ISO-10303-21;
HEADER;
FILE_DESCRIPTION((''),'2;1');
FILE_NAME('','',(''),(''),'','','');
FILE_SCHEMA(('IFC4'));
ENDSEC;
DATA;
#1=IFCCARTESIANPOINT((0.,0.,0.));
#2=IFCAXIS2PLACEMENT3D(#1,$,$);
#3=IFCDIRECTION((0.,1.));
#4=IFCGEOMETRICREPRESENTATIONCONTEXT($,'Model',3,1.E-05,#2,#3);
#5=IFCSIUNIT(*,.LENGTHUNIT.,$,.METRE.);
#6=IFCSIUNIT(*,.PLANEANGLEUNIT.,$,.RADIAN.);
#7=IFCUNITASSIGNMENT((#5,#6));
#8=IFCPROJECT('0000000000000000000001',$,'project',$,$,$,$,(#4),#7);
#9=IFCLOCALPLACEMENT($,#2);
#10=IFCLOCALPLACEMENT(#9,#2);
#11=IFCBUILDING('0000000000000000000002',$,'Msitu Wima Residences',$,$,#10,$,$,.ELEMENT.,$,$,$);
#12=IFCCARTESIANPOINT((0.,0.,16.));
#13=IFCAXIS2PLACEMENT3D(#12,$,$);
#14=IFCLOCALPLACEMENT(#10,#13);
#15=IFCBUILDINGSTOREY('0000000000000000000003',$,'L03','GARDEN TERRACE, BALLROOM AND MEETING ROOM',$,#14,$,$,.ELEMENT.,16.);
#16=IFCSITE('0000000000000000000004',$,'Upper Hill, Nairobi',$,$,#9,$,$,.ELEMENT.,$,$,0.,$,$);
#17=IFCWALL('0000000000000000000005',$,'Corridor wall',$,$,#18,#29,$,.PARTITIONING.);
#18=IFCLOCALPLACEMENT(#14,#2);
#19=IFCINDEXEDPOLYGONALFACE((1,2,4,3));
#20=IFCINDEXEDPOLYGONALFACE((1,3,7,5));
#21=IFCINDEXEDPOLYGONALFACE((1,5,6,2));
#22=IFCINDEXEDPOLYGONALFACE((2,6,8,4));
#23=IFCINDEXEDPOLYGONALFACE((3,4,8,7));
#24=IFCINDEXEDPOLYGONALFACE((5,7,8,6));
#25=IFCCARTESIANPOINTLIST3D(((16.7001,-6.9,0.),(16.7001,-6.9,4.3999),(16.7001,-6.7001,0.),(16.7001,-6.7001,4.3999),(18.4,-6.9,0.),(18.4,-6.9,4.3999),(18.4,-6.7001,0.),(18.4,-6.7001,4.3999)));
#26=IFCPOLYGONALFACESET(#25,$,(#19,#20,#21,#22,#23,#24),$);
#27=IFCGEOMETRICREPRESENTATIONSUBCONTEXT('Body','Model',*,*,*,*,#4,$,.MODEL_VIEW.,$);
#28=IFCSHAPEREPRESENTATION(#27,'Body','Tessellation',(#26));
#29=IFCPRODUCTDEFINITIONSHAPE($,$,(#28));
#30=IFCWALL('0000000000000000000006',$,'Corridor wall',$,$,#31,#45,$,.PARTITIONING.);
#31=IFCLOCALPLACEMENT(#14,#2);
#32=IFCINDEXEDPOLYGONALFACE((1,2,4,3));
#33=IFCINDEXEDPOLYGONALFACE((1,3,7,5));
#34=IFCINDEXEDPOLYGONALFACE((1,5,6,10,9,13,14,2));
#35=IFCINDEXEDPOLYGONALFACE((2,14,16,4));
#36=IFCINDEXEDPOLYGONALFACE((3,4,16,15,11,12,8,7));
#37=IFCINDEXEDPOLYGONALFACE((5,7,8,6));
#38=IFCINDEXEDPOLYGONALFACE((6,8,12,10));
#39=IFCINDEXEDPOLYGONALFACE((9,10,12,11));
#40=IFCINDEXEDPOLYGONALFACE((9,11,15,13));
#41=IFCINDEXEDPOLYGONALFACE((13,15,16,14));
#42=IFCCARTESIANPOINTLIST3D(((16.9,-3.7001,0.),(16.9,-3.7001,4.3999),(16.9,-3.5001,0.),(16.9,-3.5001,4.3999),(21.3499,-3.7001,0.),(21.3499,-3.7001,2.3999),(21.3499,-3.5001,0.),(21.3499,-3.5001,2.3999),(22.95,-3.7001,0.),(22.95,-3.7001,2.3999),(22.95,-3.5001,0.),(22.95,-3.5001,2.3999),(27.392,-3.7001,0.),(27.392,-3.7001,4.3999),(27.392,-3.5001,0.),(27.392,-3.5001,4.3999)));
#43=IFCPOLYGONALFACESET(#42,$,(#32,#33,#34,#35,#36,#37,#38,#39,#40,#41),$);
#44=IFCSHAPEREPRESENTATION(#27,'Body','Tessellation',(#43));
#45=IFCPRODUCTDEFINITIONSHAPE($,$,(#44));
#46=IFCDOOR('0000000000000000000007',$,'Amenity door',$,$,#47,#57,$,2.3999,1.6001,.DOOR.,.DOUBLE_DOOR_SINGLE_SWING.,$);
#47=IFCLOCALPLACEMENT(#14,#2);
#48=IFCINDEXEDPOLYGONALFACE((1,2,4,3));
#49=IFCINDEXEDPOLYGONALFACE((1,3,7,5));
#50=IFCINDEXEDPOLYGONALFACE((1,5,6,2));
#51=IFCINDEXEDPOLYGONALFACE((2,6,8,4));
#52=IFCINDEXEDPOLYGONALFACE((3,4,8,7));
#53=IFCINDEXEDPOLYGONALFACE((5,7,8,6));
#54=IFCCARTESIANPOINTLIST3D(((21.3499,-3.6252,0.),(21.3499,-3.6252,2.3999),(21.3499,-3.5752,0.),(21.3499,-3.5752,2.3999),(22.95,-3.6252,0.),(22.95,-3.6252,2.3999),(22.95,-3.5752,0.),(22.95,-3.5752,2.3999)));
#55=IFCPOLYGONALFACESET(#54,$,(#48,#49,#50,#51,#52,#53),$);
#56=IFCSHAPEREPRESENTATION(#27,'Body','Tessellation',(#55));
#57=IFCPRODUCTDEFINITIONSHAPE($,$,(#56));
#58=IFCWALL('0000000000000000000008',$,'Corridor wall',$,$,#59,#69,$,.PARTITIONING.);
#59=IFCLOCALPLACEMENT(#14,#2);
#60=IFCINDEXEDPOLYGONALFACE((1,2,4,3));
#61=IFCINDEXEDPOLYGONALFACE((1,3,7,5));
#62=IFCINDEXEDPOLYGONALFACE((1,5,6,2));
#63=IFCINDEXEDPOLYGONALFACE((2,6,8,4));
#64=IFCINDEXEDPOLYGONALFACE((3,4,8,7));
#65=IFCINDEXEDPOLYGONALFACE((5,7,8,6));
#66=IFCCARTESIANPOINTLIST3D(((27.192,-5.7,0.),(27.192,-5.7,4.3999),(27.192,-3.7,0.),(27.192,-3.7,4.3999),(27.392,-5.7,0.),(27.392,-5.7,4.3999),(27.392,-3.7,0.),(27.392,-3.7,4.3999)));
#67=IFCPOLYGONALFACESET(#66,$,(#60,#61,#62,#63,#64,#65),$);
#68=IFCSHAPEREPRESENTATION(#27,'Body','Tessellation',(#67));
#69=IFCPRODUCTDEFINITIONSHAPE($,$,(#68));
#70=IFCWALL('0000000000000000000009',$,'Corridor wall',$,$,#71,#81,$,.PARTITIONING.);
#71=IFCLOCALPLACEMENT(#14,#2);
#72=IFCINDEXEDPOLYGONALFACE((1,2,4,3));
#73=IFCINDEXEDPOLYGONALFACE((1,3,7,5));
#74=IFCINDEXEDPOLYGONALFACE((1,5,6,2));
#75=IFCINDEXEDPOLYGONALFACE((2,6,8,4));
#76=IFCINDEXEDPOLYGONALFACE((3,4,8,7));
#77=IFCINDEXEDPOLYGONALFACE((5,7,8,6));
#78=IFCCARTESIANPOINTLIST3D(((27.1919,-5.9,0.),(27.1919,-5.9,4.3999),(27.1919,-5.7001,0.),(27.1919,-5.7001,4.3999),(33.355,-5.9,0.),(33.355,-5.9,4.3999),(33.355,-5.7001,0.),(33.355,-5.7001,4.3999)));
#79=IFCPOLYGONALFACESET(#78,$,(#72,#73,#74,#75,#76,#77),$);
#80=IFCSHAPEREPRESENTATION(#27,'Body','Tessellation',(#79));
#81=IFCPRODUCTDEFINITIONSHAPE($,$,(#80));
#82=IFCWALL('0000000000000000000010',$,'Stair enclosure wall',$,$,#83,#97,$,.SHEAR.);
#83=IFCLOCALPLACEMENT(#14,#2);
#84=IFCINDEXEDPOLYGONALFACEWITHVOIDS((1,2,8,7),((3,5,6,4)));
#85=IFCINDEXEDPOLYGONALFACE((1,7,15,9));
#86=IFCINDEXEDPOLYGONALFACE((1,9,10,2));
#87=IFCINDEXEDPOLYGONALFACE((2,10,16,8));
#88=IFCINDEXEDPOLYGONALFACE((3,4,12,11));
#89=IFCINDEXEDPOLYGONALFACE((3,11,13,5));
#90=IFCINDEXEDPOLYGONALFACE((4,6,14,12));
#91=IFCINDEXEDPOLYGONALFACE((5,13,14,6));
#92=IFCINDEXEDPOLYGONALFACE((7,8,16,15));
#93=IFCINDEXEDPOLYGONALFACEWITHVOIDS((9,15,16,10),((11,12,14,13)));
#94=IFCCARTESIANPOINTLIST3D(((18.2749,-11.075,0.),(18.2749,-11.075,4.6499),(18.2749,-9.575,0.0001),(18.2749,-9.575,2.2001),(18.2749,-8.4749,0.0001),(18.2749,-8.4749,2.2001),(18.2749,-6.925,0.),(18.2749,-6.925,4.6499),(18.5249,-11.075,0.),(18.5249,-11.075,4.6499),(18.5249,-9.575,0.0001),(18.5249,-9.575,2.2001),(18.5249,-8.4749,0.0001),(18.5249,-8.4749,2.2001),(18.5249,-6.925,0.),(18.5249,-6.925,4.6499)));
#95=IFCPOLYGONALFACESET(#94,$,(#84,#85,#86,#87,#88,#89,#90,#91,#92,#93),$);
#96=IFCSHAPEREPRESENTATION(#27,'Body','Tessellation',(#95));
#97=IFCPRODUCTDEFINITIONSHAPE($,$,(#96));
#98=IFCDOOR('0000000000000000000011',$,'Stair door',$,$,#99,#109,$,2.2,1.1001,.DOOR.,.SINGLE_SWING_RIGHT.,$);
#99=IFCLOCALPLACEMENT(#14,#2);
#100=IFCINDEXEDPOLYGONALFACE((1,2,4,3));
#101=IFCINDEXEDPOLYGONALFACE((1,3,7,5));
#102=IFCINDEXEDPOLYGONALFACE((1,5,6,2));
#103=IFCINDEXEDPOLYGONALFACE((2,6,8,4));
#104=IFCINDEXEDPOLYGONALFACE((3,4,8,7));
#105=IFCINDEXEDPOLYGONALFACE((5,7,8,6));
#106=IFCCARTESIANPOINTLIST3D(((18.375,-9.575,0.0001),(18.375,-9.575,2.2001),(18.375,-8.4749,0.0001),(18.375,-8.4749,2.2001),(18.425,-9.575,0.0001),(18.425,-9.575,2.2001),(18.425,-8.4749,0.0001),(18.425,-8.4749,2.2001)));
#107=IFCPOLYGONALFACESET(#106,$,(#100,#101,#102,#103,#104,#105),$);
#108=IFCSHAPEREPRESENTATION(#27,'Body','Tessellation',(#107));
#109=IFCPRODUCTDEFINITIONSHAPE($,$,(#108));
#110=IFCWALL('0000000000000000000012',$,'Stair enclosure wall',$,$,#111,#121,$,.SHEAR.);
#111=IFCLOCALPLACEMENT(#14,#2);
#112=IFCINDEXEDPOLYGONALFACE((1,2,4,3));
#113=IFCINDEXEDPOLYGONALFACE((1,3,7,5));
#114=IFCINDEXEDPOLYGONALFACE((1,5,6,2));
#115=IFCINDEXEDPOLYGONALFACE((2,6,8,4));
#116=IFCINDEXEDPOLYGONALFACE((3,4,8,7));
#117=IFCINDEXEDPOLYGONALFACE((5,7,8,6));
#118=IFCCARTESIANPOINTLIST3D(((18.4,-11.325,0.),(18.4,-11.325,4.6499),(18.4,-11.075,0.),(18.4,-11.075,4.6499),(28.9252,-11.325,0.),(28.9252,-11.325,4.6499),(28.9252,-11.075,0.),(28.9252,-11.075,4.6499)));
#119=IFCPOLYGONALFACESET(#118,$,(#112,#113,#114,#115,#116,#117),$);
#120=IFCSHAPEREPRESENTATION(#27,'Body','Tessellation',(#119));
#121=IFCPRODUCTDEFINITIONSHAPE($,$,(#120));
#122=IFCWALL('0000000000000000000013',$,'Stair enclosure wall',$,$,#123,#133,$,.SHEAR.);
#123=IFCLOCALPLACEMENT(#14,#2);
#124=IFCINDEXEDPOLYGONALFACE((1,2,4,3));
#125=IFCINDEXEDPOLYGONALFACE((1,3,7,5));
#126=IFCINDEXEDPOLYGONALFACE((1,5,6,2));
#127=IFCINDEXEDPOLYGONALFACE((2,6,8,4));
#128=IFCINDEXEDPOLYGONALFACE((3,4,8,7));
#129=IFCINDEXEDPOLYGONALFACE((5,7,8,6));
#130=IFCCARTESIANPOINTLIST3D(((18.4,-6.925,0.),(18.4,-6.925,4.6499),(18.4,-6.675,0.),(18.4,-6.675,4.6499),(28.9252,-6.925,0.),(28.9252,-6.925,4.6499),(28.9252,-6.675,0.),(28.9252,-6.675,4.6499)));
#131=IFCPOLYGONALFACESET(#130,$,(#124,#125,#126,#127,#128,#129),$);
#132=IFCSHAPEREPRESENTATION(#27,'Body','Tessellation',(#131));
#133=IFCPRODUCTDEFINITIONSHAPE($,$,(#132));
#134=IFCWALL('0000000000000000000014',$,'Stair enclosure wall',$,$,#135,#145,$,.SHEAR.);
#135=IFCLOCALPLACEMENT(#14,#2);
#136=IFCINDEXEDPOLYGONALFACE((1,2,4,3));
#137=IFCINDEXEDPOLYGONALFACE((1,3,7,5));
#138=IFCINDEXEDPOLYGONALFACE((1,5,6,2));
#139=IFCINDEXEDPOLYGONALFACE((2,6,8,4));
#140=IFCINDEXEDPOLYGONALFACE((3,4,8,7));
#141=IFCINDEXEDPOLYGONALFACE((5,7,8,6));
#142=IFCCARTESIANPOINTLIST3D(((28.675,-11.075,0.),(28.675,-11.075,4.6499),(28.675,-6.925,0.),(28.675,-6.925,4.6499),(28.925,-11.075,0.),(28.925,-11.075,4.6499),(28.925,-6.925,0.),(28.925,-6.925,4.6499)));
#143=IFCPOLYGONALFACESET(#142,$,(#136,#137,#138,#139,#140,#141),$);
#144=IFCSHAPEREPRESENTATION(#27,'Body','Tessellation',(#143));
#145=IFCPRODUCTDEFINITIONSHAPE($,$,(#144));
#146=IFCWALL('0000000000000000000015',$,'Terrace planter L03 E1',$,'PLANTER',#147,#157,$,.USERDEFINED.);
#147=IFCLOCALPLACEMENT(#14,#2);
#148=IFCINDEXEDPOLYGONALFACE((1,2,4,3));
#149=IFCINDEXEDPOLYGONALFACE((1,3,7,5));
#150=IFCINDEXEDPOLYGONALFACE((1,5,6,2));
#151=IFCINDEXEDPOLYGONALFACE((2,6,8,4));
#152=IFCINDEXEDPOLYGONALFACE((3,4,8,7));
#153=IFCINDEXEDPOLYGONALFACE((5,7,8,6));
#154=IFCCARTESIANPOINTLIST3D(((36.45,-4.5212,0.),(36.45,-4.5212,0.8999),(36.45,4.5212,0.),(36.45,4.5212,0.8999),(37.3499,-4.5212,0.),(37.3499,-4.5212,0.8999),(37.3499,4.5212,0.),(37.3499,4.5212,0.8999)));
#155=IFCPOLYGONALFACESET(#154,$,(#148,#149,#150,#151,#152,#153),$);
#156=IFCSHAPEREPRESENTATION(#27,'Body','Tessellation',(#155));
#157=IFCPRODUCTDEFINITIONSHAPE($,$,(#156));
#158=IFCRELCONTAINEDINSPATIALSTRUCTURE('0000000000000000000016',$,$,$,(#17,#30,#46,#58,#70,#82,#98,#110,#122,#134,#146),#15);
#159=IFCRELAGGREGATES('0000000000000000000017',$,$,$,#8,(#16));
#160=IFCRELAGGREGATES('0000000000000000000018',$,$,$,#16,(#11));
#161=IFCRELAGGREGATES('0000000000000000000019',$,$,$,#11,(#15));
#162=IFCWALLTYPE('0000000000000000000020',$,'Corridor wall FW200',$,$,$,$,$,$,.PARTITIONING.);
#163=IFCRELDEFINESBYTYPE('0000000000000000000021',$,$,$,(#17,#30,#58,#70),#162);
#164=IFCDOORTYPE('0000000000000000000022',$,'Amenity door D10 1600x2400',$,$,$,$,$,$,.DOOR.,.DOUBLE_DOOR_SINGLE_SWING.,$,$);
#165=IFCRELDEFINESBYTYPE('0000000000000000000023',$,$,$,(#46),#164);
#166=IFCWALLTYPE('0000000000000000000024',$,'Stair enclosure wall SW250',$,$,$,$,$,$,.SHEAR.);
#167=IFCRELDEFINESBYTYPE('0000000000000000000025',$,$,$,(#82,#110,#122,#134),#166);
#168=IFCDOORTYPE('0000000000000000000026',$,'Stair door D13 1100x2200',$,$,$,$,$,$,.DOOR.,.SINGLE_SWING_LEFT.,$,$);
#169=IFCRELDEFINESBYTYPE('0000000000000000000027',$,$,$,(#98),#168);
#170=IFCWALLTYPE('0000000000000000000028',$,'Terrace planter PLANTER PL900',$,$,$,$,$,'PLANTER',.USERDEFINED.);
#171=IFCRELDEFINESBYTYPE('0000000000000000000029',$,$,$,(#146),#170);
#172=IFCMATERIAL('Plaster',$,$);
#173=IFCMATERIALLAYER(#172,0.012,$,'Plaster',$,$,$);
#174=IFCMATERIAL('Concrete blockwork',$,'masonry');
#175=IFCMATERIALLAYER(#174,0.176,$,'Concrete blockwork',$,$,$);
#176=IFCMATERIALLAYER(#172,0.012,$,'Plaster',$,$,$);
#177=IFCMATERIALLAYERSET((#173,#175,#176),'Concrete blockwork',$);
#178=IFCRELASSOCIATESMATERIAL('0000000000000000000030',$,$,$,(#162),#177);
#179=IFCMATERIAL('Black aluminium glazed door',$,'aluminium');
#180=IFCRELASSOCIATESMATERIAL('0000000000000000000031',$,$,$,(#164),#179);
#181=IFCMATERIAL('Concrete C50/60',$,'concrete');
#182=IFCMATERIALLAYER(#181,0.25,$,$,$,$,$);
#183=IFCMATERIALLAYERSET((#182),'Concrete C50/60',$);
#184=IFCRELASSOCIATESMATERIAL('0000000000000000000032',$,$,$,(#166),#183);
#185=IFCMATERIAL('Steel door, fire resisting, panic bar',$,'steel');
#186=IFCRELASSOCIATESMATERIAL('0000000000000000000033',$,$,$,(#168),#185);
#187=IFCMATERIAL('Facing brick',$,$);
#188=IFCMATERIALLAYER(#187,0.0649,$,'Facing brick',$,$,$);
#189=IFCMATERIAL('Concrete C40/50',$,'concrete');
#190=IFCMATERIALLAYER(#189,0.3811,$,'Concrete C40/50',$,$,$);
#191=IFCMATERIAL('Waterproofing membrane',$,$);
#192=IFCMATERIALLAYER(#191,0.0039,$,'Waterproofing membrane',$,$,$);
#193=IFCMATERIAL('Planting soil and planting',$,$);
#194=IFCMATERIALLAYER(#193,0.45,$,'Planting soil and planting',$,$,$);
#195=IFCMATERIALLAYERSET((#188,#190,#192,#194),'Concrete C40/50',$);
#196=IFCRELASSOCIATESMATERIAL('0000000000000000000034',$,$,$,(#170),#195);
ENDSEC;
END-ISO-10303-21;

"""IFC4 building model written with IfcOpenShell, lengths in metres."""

from ifc_helpers import new_model, si_unit, direction, frame, frame_2d, origin, place, context, subcontext, project, spatial, rectangle, extrude, material, layer, layer_set, type_object, element, fill, save


model = new_model("IFC4")

# Units and contexts
model_context = context("Model", 3, precision=1e-05, world=origin(), true_north=direction((0.0, 1.0)))
body_context = subcontext(model_context, "Body", "Model", "MODEL_VIEW")
ifc_project = project(units=[si_unit("LENGTHUNIT", "METRE"), si_unit("PLANEANGLEUNIT", "RADIAN")], contexts=[model_context])

# Site, building, storey
site_placement = place(None, origin())
site = spatial("IfcSite", under=ifc_project, at=site_placement, Name="Upper Hill, Nairobi", CompositionType="ELEMENT", RefElevation=0.0)
building_placement = place(site_placement, origin())
building = spatial("IfcBuilding", under=site, at=building_placement, Name="Msitu Wima Residences", CompositionType="ELEMENT")
storey_placement = place(building_placement, frame((0.0, 0.0, 16.0)))
storey = spatial("IfcBuildingStorey", under=building, at=storey_placement, Name="L03", Description="GARDEN TERRACE, BALLROOM AND MEETING ROOM", CompositionType="ELEMENT", Elevation=16.0)

# Shared definitions
ifc_material_1 = material(Name="Concrete C40/50", Category="concrete")

# Shared definitions
ifc_material_2 = material(Name="Plaster")
ifc_layer_1 = layer(ifc_material_2, 0.012, Name="Plaster")
ifc_material_3 = material(Name="Concrete blockwork", Category="masonry")
ifc_layer_2 = layer(ifc_material_3, 0.176, Name="Concrete blockwork")
ifc_layer_3 = layer(ifc_material_2, 0.012, Name="Plaster")
ifc_layer_set_1 = layer_set([ifc_layer_1, ifc_layer_2, ifc_layer_3], Name="Concrete blockwork")
wall_type_1 = type_object("IfcWallType", Name="Corridor wall FW200", PredefinedType="PARTITIONING", material=ifc_layer_set_1)

# Wall
wall_1_placement = place(storey_placement, frame((16.7, -6.8, 0.0), z_axis=(0.0, 0.0, 1.0), x_axis=(1.0, 0.0, 0.0)))
element("IfcWall", 1, at=wall_1_placement, inside=storey, type_object=wall_type_1, Name="Corridor wall", PredefinedType="PARTITIONING", context=body_context, shape_type="SweptSolid", body=[
    extrude(rectangle(XDim=1.7, YDim=0.2, at=frame_2d((0.8501, 0.0))), origin(), (0.0, 0.0, 1.0), 4.3999),
])

# Wall, opening, door
wall_2_placement = place(storey_placement, frame((16.8999, -3.6001, 0.0), z_axis=(0.0, 0.0, 1.0), x_axis=(1.0, 0.0, 0.0)))
wall_2 = element("IfcWall", 2, at=wall_2_placement, inside=storey, type_object=wall_type_1, Name="Corridor wall", PredefinedType="PARTITIONING", context=body_context, shape_type="SweptSolid", body=[
    extrude(rectangle(XDim=10.4919, YDim=0.2, at=frame_2d((5.2461, 0.0))), origin(), (0.0, 0.0, 1.0), 4.3999),
])
opening_1_placement = place(wall_2_placement, frame((4.45, 0.0, 0.0)))
opening_1 = element("IfcOpeningElement", 3, at=opening_1_placement, cuts=wall_2, PredefinedType="OPENING", context=body_context, shape_type="SweptSolid", body=[
    extrude(rectangle(XDim=1.6001, YDim=2.3999, at=frame_2d((0.8, 1.2))), frame((0.0, 0.1099, 0.0), z_axis=(0.0, -1.0, 0.0), x_axis=(1.0, 0.0, 0.0)), (0.0, 0.0, 1.0), 0.22),
])
ifc_material_4 = material(Name="Black aluminium glazed door", Category="aluminium")
door_type_1 = type_object("IfcDoorType", Name="Amenity door D10 1600x2400", OperationType="DOUBLE_DOOR_SINGLE_SWING", PredefinedType="DOOR", material=ifc_material_4)
door_1_placement = place(opening_1_placement, origin())
door_1 = element("IfcDoor", 4, at=door_1_placement, inside=storey, type_object=door_type_1, Name="Amenity door", OperationType="DOUBLE_DOOR_SINGLE_SWING", OverallHeight=2.3999, OverallWidth=1.6001, PredefinedType="DOOR", context=body_context, shape_type="SweptSolid", body=[
    extrude(rectangle(XDim=1.6001, YDim=2.3999, at=frame_2d((0.8, 1.2))), frame((0.0, 0.0249, 0.0), z_axis=(0.0, -1.0, 0.0), x_axis=(1.0, 0.0, 0.0)), (0.0, 0.0, 1.0), 0.05),
])
fill(opening_1, door_1)

# Walls
wall_3_placement = place(storey_placement, frame((27.292, -5.7, 0.0), z_axis=(0.0, 0.0, 1.0), x_axis=(0.0, 1.0, 0.0)))
element("IfcWall", 5, at=wall_3_placement, inside=storey, type_object=wall_type_1, Name="Corridor wall", PredefinedType="PARTITIONING", context=body_context, shape_type="SweptSolid", body=[
    extrude(rectangle(XDim=2.0, YDim=0.2, at=frame_2d((1.0, 0.0))), origin(), (0.0, 0.0, 1.0), 4.3999),
])
wall_4_placement = place(storey_placement, frame((27.1919, -5.8, 0.0), z_axis=(0.0, 0.0, 1.0), x_axis=(1.0, 0.0, 0.0)))
element("IfcWall", 6, at=wall_4_placement, inside=storey, type_object=wall_type_1, Name="Corridor wall", PredefinedType="PARTITIONING", context=body_context, shape_type="SweptSolid", body=[
    extrude(rectangle(XDim=6.1631, YDim=0.2, at=frame_2d((3.0815, 0.0))), origin(), (0.0, 0.0, 1.0), 4.3999),
])

# Wall, opening, door
ifc_material_5 = material(Name="Concrete C50/60", Category="concrete")
ifc_layer_4 = layer(ifc_material_5, 0.25)
ifc_layer_set_2 = layer_set([ifc_layer_4], Name="Concrete C50/60")
wall_type_2 = type_object("IfcWallType", Name="Stair enclosure wall SW250", PredefinedType="SHEAR", material=ifc_layer_set_2)
wall_5_placement = place(storey_placement, frame((18.3999, -11.075, 0.0), z_axis=(0.0, 0.0, 1.0), x_axis=(0.0, 1.0, 0.0)))
wall_5 = element("IfcWall", 7, at=wall_5_placement, inside=storey, type_object=wall_type_2, Name="Stair enclosure wall", PredefinedType="SHEAR", context=body_context, shape_type="SweptSolid", body=[
    extrude(rectangle(XDim=4.1499, YDim=0.25, at=frame_2d((2.075, 0.0))), origin(), (0.0, 0.0, 1.0), 4.6499),
])
opening_2_placement = place(wall_5_placement, frame((1.5, 0.0, 0.0)))
opening_2 = element("IfcOpeningElement", 8, at=opening_2_placement, cuts=wall_5, PredefinedType="OPENING", context=body_context, shape_type="SweptSolid", body=[
    extrude(rectangle(XDim=1.1001, YDim=2.2, at=frame_2d((0.55, 1.1001))), frame((0.0, 0.135, 0.0), z_axis=(0.0, -1.0, 0.0), x_axis=(1.0, 0.0, 0.0)), (0.0, 0.0, 1.0), 0.27),
])
ifc_material_6 = material(Name="Steel door, fire resisting, panic bar", Category="steel")
door_type_2 = type_object("IfcDoorType", Name="Stair door D13 1100x2200", OperationType="SINGLE_SWING_LEFT", PredefinedType="DOOR", material=ifc_material_6)
door_2_placement = place(opening_2_placement, origin())
door_2 = element("IfcDoor", 9, at=door_2_placement, inside=storey, type_object=door_type_2, Name="Stair door", OperationType="SINGLE_SWING_RIGHT", OverallHeight=2.2, OverallWidth=1.1001, PredefinedType="DOOR", context=body_context, shape_type="SweptSolid", body=[
    extrude(rectangle(XDim=1.1001, YDim=2.2, at=frame_2d((0.55, 1.1001))), frame((0.0, 0.0249, 0.0), z_axis=(0.0, -1.0, 0.0), x_axis=(1.0, 0.0, 0.0)), (0.0, 0.0, 1.0), 0.05),
])
fill(opening_2, door_2)

# Walls
for number, where, z_axis, x_axis, name in (
    (10, (18.3999, -11.2, 0.0), (0.0, 0.0, 1.0), (1.0, 0.0, 0.0), "Stair enclosure wall"),
    (11, (18.3999, -6.8, 0.0), (0.0, 0.0, 1.0), (1.0, 0.0, 0.0), "Stair enclosure wall"),
):
    element("IfcWall", number, at=place(storey_placement, frame(where, z_axis=z_axis, x_axis=x_axis)), inside=storey, type_object=wall_type_2, Name=name, PredefinedType="SHEAR", context=body_context, shape_type="SweptSolid", body=[
        extrude(rectangle(XDim=10.5251, YDim=0.25, at=frame_2d((5.2627, 0.0))), origin(), (0.0, 0.0, 1.0), 4.6499),
    ])
wall_6_placement = place(storey_placement, frame((28.8, -11.075, 0.0), z_axis=(0.0, 0.0, 1.0), x_axis=(0.0, 1.0, 0.0)))
element("IfcWall", 12, at=wall_6_placement, inside=storey, type_object=wall_type_2, Name="Stair enclosure wall", PredefinedType="SHEAR", context=body_context, shape_type="SweptSolid", body=[
    extrude(rectangle(XDim=4.1499, YDim=0.25, at=frame_2d((2.075, 0.0))), origin(), (0.0, 0.0, 1.0), 4.6499),
])
ifc_material_7 = material(Name="Facing brick")
ifc_layer_5 = layer(ifc_material_7, 0.0649, Name="Facing brick")
ifc_layer_6 = layer(ifc_material_1, 0.3811, Name="Concrete C40/50")
ifc_material_8 = material(Name="Waterproofing membrane")
ifc_layer_7 = layer(ifc_material_8, 0.0039, Name="Waterproofing membrane")
ifc_material_9 = material(Name="Planting soil and planting")
ifc_layer_8 = layer(ifc_material_9, 0.45, Name="Planting soil and planting")
ifc_layer_set_3 = layer_set([ifc_layer_5, ifc_layer_6, ifc_layer_7, ifc_layer_8], Name="Concrete C40/50")
wall_type_3 = type_object("IfcWallType", Name="Terrace planter PLANTER PL900", ElementType="PLANTER", PredefinedType="USERDEFINED", material=ifc_layer_set_3)
wall_7_placement = place(storey_placement, frame((36.8999, -4.5212, 0.0), z_axis=(0.0, 0.0, 1.0), x_axis=(0.0, 1.0, 0.0)))
element("IfcWall", 13, at=wall_7_placement, inside=storey, type_object=wall_type_3, Name="Terrace planter L03 E1", ObjectType="PLANTER", PredefinedType="USERDEFINED", context=body_context, shape_type="SweptSolid", body=[
    extrude(rectangle(XDim=9.0425, YDim=0.8999, at=frame_2d((4.5212, 0.0))), origin(), (0.0, 0.0, 1.0), 0.8999),
])

save(model, "model.ifc")
